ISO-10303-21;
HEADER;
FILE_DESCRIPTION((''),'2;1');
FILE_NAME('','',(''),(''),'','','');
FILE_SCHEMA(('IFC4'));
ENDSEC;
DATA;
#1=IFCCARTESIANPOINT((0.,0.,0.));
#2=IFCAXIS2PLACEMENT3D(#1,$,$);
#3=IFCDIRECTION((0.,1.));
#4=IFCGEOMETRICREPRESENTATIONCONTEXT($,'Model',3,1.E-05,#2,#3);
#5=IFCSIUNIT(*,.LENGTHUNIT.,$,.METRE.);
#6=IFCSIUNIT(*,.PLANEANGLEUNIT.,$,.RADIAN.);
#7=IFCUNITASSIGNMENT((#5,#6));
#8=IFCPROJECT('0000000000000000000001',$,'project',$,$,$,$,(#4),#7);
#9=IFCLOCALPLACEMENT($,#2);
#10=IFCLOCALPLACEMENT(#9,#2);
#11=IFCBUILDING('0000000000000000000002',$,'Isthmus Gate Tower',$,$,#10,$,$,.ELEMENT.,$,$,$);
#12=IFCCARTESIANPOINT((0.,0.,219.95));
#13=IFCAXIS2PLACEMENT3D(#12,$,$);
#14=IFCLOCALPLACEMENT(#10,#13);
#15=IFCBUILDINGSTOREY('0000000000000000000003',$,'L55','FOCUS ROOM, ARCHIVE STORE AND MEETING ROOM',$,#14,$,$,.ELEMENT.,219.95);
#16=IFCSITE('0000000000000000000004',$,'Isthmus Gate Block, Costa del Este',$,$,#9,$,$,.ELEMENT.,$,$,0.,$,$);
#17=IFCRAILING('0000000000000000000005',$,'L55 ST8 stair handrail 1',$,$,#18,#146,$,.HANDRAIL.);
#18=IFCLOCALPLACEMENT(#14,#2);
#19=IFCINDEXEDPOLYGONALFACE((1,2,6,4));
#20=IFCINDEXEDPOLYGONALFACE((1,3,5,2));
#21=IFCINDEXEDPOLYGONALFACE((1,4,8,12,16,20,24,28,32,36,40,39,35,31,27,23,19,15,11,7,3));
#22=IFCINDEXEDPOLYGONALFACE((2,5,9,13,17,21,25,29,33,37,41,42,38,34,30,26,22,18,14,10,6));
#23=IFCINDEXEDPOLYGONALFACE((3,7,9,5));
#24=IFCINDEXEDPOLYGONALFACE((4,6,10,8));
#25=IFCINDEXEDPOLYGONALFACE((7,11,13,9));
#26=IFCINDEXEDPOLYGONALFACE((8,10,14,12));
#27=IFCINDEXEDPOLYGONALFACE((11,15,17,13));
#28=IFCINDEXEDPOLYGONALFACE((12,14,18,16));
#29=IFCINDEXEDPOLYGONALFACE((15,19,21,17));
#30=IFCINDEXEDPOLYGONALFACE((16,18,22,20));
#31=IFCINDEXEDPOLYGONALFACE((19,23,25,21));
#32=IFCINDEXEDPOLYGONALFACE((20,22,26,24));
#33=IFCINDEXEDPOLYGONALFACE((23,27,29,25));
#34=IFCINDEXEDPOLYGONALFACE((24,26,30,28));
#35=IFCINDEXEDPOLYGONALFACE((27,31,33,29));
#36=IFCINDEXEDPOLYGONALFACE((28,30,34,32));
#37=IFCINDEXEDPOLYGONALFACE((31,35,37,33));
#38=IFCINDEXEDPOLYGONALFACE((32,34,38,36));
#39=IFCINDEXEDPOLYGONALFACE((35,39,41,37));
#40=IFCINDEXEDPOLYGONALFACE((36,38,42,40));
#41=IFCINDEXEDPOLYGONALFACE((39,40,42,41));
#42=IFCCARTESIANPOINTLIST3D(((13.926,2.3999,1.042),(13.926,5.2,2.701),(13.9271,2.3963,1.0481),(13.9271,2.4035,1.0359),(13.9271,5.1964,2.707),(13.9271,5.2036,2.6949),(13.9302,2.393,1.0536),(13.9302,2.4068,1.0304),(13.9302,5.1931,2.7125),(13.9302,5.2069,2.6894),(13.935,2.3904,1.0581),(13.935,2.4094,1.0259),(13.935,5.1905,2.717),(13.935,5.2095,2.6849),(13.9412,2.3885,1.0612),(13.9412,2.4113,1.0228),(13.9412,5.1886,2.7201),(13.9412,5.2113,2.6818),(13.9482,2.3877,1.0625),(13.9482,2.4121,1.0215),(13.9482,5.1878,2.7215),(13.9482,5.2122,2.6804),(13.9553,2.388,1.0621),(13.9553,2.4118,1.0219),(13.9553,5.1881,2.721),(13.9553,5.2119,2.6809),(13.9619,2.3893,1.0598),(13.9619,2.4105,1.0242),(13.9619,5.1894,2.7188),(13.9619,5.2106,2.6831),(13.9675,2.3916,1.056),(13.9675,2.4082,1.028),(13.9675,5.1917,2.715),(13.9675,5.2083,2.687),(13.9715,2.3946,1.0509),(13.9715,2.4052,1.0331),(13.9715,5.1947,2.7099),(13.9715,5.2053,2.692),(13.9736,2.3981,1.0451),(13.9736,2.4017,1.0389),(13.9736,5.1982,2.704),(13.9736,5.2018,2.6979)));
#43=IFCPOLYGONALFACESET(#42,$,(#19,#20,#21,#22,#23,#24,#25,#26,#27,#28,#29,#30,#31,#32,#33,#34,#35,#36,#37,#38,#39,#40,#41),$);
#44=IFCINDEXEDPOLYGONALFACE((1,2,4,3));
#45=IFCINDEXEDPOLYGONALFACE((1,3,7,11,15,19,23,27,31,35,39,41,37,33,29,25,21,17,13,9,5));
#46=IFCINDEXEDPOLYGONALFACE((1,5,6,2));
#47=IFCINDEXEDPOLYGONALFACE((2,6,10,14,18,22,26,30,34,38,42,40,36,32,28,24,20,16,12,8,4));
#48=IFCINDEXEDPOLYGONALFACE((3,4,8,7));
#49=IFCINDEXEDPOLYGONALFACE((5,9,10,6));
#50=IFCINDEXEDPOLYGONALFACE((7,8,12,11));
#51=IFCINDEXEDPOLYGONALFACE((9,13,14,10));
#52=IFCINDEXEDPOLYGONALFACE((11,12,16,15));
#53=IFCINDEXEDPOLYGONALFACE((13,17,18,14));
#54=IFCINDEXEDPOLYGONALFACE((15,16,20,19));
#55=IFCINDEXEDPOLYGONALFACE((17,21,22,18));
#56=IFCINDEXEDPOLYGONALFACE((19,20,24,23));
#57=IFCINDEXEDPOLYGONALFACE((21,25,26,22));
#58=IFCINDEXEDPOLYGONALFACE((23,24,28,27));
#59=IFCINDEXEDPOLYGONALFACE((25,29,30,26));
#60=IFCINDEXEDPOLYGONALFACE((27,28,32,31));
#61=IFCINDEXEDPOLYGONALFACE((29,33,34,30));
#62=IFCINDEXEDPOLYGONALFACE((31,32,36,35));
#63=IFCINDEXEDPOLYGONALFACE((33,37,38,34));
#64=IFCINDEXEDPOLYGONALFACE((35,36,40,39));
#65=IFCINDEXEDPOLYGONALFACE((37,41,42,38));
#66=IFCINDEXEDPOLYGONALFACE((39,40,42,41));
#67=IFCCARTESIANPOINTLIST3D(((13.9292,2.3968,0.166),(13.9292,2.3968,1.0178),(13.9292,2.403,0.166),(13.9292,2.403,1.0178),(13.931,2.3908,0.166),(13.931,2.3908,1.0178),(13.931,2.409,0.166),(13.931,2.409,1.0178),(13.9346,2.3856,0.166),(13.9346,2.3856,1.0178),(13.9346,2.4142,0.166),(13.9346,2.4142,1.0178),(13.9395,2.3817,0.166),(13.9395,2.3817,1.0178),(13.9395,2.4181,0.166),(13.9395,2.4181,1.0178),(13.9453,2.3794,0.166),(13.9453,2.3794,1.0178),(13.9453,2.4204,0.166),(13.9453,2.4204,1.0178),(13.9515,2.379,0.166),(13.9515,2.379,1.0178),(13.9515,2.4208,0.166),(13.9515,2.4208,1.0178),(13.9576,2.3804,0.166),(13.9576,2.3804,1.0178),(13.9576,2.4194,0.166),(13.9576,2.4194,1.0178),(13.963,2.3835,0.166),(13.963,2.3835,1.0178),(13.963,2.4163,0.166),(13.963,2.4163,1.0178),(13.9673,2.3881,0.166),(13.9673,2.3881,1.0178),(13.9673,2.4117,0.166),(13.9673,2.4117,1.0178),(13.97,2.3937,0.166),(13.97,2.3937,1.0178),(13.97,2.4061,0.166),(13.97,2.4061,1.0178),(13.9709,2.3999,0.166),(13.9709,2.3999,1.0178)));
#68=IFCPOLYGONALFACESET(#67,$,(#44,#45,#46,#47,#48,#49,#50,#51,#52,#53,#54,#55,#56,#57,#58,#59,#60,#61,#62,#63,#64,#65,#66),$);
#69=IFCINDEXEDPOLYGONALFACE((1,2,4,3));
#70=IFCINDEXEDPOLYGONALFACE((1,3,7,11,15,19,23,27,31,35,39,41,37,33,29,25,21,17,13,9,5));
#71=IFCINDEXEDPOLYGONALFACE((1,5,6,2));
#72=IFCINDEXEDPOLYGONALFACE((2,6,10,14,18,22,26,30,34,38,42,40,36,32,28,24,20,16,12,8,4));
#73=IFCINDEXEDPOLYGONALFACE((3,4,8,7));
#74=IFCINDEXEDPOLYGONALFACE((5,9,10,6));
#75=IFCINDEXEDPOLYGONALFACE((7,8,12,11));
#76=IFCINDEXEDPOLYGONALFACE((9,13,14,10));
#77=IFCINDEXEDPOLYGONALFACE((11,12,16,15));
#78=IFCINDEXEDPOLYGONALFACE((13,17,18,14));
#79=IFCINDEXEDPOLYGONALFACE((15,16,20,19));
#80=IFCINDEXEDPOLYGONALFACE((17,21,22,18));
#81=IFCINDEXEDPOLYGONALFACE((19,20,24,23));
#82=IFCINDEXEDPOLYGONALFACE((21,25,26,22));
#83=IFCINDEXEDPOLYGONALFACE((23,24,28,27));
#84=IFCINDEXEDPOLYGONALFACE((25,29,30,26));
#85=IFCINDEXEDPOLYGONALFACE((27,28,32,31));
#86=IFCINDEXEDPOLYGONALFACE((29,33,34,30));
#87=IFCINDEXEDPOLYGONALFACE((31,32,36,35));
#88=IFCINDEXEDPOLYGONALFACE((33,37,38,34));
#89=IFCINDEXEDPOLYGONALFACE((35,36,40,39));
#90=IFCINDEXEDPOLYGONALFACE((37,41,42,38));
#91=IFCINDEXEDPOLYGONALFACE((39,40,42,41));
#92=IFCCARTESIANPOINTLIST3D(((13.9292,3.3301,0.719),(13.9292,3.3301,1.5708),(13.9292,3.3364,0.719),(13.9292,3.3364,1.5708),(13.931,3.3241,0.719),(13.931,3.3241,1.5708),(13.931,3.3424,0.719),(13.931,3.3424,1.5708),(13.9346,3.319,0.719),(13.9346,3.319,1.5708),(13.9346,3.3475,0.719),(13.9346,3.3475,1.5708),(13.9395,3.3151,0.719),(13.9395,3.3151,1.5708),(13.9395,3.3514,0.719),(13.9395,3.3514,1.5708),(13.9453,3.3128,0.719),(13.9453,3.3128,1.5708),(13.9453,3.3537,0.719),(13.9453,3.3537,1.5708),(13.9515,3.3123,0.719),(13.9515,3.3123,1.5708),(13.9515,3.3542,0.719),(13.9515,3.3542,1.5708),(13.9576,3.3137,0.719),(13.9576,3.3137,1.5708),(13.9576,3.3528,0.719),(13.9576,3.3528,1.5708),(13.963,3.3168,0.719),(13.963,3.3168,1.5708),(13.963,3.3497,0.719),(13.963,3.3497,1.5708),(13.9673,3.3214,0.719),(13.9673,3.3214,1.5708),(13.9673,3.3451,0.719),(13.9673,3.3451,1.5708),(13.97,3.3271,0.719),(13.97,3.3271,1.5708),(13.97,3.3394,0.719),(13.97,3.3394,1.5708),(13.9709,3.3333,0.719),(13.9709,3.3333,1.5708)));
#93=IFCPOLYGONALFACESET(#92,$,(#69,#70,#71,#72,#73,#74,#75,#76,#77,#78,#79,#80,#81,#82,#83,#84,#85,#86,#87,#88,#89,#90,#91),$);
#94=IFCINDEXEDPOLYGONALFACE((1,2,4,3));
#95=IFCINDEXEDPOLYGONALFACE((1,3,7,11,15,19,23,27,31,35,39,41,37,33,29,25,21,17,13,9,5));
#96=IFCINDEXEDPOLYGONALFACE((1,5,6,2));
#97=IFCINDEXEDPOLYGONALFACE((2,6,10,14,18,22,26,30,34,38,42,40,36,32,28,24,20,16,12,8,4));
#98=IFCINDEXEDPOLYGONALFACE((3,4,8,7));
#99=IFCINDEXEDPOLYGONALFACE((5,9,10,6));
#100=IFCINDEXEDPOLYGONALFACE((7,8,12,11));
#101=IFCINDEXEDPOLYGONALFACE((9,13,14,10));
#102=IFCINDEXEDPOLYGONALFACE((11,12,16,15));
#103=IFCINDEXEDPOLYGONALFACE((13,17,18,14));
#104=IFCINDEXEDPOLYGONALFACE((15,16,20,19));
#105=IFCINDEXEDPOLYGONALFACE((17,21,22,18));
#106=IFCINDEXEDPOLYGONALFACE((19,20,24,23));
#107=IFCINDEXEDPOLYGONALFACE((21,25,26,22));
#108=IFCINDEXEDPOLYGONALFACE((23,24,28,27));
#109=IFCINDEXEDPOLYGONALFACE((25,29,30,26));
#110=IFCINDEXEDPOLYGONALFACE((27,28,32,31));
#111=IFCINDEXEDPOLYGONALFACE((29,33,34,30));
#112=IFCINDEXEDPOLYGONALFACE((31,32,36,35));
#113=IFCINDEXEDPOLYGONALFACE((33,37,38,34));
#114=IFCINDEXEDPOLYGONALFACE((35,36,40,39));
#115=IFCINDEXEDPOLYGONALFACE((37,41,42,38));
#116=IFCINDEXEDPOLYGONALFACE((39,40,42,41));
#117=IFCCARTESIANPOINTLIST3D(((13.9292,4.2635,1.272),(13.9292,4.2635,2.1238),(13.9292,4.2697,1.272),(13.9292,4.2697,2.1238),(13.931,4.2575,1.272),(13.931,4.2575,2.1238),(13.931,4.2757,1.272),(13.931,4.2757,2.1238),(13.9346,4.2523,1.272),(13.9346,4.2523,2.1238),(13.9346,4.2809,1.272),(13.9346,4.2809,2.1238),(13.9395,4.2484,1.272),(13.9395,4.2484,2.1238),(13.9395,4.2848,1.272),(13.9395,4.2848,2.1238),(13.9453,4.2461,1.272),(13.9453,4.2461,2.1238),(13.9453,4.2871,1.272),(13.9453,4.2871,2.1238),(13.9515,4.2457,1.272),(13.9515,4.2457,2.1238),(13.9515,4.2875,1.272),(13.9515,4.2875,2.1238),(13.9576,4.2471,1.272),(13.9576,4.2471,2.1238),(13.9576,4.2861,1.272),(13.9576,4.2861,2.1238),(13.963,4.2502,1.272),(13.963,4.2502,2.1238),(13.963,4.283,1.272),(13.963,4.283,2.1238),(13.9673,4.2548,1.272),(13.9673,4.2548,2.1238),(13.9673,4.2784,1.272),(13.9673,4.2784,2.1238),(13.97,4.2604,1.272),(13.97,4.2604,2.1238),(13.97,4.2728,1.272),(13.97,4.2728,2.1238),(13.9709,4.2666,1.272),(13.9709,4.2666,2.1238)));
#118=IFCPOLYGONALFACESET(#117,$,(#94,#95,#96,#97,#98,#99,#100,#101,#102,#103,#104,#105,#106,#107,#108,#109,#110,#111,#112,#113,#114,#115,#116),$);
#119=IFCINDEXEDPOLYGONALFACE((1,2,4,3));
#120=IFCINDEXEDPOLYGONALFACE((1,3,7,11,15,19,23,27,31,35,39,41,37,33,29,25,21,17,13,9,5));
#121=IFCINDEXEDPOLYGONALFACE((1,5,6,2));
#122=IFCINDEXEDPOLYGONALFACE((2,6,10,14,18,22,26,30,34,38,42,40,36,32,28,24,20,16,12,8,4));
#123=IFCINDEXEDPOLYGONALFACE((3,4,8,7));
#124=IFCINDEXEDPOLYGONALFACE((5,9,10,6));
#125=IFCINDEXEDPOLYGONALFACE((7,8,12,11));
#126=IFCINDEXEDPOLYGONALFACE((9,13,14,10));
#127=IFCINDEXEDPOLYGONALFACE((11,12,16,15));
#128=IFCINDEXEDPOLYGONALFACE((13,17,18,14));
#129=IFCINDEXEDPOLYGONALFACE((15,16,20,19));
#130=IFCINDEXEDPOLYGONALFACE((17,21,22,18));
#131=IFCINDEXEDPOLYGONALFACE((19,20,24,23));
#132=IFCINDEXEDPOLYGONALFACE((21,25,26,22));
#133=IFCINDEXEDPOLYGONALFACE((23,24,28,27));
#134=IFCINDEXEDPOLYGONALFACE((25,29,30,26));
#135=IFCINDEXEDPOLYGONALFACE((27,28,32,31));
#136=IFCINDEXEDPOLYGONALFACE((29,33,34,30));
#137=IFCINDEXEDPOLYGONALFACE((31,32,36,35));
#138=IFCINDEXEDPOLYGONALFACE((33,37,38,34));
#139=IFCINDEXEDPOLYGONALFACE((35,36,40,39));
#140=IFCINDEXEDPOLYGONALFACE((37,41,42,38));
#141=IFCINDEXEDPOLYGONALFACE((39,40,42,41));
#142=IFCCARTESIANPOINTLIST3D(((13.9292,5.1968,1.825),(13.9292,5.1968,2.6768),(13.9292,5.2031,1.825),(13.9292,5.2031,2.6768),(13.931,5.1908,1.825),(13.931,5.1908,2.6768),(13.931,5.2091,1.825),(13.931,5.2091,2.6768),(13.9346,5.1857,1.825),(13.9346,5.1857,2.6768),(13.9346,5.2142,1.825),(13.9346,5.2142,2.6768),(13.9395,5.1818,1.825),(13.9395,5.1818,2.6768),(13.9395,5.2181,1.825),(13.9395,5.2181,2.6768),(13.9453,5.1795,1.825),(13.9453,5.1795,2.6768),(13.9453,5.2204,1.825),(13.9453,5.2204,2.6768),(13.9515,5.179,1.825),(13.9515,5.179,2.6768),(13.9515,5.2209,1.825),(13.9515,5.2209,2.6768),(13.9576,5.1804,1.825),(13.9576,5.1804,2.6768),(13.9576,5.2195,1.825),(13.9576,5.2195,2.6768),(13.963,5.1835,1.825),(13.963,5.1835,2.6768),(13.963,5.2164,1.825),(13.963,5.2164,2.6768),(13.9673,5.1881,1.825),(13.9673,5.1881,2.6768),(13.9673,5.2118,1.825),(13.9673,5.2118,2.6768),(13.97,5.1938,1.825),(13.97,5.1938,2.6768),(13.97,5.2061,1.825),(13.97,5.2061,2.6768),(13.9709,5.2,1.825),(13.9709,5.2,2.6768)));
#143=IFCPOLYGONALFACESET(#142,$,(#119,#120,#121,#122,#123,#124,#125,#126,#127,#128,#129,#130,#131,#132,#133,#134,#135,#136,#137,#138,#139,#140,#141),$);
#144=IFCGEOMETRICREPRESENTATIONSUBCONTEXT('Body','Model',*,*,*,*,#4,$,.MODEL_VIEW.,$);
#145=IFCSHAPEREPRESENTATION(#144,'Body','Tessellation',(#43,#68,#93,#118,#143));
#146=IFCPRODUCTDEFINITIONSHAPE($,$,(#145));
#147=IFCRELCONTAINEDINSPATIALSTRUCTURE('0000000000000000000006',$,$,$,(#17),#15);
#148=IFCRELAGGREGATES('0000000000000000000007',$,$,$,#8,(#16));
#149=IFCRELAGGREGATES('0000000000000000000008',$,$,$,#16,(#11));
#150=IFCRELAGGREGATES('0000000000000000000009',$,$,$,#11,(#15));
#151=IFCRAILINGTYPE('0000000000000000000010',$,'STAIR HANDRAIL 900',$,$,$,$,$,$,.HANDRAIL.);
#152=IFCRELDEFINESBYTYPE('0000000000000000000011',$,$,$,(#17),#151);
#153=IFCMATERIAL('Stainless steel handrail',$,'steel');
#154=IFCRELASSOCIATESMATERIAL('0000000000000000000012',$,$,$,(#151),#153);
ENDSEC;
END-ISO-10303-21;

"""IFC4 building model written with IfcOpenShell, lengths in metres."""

from ifc_helpers import new_model, si_unit, direction, frame, origin, origin_2d, place, context, subcontext, project, spatial, circle, extrude, material, type_object, element, save


model = new_model("IFC4")

# Units and contexts
model_context = context("Model", 3, precision=1e-05, world=origin(), true_north=direction((0.0, 1.0)))
body_context = subcontext(model_context, "Body", "Model", "MODEL_VIEW")
ifc_project = project(units=[si_unit("LENGTHUNIT", "METRE"), si_unit("PLANEANGLEUNIT", "RADIAN")], contexts=[model_context])

# Site, building, storey
site_placement = place(None, origin())
site = spatial("IfcSite", under=ifc_project, at=site_placement, Name="Isthmus Gate Block, Costa del Este", CompositionType="ELEMENT", RefElevation=0.0)
building_placement = place(site_placement, origin())
building = spatial("IfcBuilding", under=site, at=building_placement, Name="Isthmus Gate Tower", CompositionType="ELEMENT")
storey_placement = place(building_placement, frame((0.0, 0.0, 219.95)))
storey = spatial("IfcBuildingStorey", under=building, at=storey_placement, Name="L55", Description="FOCUS ROOM, ARCHIVE STORE AND MEETING ROOM", CompositionType="ELEMENT", Elevation=219.95)

# Railing
ifc_material_1 = material(Name="Stainless steel handrail", Category="steel")
railing_type = type_object("IfcRailingType", Name="STAIR HANDRAIL 900", PredefinedType="HANDRAIL", material=ifc_material_1)
railing_placement = place(storey_placement, frame((13.95, 2.3999, 0.166)))
element("IfcRailing", 1, at=railing_placement, inside=storey, type_object=railing_type, Name="L55 ST8 stair handrail 1", PredefinedType="HANDRAIL", context=body_context, shape_type="SweptSolid", body=[
    extrude(circle(Radius=0.0239, at=origin_2d()), frame((0.0, 0.0, 0.876), z_axis=(0.0, 0.860339, 0.509722), x_axis=(-1.0, 0.0, 0.0)), (0.0, 0.0, 1.0), 3.2546),
    extrude(circle(Radius=0.021, at=origin_2d()), origin(), (0.0, 0.0, 1.0), 0.8518),
    extrude(circle(Radius=0.021, at=origin_2d()), frame((0.0, 0.9333, 0.553)), (0.0, 0.0, 1.0), 0.8518),
    extrude(circle(Radius=0.021, at=origin_2d()), frame((0.0, 1.8667, 1.106)), (0.0, 0.0, 1.0), 0.8518),
    extrude(circle(Radius=0.021, at=origin_2d()), frame((0.0, 2.8, 1.6589)), (0.0, 0.0, 1.0), 0.8518),
])

save(model, "model.ifc")
